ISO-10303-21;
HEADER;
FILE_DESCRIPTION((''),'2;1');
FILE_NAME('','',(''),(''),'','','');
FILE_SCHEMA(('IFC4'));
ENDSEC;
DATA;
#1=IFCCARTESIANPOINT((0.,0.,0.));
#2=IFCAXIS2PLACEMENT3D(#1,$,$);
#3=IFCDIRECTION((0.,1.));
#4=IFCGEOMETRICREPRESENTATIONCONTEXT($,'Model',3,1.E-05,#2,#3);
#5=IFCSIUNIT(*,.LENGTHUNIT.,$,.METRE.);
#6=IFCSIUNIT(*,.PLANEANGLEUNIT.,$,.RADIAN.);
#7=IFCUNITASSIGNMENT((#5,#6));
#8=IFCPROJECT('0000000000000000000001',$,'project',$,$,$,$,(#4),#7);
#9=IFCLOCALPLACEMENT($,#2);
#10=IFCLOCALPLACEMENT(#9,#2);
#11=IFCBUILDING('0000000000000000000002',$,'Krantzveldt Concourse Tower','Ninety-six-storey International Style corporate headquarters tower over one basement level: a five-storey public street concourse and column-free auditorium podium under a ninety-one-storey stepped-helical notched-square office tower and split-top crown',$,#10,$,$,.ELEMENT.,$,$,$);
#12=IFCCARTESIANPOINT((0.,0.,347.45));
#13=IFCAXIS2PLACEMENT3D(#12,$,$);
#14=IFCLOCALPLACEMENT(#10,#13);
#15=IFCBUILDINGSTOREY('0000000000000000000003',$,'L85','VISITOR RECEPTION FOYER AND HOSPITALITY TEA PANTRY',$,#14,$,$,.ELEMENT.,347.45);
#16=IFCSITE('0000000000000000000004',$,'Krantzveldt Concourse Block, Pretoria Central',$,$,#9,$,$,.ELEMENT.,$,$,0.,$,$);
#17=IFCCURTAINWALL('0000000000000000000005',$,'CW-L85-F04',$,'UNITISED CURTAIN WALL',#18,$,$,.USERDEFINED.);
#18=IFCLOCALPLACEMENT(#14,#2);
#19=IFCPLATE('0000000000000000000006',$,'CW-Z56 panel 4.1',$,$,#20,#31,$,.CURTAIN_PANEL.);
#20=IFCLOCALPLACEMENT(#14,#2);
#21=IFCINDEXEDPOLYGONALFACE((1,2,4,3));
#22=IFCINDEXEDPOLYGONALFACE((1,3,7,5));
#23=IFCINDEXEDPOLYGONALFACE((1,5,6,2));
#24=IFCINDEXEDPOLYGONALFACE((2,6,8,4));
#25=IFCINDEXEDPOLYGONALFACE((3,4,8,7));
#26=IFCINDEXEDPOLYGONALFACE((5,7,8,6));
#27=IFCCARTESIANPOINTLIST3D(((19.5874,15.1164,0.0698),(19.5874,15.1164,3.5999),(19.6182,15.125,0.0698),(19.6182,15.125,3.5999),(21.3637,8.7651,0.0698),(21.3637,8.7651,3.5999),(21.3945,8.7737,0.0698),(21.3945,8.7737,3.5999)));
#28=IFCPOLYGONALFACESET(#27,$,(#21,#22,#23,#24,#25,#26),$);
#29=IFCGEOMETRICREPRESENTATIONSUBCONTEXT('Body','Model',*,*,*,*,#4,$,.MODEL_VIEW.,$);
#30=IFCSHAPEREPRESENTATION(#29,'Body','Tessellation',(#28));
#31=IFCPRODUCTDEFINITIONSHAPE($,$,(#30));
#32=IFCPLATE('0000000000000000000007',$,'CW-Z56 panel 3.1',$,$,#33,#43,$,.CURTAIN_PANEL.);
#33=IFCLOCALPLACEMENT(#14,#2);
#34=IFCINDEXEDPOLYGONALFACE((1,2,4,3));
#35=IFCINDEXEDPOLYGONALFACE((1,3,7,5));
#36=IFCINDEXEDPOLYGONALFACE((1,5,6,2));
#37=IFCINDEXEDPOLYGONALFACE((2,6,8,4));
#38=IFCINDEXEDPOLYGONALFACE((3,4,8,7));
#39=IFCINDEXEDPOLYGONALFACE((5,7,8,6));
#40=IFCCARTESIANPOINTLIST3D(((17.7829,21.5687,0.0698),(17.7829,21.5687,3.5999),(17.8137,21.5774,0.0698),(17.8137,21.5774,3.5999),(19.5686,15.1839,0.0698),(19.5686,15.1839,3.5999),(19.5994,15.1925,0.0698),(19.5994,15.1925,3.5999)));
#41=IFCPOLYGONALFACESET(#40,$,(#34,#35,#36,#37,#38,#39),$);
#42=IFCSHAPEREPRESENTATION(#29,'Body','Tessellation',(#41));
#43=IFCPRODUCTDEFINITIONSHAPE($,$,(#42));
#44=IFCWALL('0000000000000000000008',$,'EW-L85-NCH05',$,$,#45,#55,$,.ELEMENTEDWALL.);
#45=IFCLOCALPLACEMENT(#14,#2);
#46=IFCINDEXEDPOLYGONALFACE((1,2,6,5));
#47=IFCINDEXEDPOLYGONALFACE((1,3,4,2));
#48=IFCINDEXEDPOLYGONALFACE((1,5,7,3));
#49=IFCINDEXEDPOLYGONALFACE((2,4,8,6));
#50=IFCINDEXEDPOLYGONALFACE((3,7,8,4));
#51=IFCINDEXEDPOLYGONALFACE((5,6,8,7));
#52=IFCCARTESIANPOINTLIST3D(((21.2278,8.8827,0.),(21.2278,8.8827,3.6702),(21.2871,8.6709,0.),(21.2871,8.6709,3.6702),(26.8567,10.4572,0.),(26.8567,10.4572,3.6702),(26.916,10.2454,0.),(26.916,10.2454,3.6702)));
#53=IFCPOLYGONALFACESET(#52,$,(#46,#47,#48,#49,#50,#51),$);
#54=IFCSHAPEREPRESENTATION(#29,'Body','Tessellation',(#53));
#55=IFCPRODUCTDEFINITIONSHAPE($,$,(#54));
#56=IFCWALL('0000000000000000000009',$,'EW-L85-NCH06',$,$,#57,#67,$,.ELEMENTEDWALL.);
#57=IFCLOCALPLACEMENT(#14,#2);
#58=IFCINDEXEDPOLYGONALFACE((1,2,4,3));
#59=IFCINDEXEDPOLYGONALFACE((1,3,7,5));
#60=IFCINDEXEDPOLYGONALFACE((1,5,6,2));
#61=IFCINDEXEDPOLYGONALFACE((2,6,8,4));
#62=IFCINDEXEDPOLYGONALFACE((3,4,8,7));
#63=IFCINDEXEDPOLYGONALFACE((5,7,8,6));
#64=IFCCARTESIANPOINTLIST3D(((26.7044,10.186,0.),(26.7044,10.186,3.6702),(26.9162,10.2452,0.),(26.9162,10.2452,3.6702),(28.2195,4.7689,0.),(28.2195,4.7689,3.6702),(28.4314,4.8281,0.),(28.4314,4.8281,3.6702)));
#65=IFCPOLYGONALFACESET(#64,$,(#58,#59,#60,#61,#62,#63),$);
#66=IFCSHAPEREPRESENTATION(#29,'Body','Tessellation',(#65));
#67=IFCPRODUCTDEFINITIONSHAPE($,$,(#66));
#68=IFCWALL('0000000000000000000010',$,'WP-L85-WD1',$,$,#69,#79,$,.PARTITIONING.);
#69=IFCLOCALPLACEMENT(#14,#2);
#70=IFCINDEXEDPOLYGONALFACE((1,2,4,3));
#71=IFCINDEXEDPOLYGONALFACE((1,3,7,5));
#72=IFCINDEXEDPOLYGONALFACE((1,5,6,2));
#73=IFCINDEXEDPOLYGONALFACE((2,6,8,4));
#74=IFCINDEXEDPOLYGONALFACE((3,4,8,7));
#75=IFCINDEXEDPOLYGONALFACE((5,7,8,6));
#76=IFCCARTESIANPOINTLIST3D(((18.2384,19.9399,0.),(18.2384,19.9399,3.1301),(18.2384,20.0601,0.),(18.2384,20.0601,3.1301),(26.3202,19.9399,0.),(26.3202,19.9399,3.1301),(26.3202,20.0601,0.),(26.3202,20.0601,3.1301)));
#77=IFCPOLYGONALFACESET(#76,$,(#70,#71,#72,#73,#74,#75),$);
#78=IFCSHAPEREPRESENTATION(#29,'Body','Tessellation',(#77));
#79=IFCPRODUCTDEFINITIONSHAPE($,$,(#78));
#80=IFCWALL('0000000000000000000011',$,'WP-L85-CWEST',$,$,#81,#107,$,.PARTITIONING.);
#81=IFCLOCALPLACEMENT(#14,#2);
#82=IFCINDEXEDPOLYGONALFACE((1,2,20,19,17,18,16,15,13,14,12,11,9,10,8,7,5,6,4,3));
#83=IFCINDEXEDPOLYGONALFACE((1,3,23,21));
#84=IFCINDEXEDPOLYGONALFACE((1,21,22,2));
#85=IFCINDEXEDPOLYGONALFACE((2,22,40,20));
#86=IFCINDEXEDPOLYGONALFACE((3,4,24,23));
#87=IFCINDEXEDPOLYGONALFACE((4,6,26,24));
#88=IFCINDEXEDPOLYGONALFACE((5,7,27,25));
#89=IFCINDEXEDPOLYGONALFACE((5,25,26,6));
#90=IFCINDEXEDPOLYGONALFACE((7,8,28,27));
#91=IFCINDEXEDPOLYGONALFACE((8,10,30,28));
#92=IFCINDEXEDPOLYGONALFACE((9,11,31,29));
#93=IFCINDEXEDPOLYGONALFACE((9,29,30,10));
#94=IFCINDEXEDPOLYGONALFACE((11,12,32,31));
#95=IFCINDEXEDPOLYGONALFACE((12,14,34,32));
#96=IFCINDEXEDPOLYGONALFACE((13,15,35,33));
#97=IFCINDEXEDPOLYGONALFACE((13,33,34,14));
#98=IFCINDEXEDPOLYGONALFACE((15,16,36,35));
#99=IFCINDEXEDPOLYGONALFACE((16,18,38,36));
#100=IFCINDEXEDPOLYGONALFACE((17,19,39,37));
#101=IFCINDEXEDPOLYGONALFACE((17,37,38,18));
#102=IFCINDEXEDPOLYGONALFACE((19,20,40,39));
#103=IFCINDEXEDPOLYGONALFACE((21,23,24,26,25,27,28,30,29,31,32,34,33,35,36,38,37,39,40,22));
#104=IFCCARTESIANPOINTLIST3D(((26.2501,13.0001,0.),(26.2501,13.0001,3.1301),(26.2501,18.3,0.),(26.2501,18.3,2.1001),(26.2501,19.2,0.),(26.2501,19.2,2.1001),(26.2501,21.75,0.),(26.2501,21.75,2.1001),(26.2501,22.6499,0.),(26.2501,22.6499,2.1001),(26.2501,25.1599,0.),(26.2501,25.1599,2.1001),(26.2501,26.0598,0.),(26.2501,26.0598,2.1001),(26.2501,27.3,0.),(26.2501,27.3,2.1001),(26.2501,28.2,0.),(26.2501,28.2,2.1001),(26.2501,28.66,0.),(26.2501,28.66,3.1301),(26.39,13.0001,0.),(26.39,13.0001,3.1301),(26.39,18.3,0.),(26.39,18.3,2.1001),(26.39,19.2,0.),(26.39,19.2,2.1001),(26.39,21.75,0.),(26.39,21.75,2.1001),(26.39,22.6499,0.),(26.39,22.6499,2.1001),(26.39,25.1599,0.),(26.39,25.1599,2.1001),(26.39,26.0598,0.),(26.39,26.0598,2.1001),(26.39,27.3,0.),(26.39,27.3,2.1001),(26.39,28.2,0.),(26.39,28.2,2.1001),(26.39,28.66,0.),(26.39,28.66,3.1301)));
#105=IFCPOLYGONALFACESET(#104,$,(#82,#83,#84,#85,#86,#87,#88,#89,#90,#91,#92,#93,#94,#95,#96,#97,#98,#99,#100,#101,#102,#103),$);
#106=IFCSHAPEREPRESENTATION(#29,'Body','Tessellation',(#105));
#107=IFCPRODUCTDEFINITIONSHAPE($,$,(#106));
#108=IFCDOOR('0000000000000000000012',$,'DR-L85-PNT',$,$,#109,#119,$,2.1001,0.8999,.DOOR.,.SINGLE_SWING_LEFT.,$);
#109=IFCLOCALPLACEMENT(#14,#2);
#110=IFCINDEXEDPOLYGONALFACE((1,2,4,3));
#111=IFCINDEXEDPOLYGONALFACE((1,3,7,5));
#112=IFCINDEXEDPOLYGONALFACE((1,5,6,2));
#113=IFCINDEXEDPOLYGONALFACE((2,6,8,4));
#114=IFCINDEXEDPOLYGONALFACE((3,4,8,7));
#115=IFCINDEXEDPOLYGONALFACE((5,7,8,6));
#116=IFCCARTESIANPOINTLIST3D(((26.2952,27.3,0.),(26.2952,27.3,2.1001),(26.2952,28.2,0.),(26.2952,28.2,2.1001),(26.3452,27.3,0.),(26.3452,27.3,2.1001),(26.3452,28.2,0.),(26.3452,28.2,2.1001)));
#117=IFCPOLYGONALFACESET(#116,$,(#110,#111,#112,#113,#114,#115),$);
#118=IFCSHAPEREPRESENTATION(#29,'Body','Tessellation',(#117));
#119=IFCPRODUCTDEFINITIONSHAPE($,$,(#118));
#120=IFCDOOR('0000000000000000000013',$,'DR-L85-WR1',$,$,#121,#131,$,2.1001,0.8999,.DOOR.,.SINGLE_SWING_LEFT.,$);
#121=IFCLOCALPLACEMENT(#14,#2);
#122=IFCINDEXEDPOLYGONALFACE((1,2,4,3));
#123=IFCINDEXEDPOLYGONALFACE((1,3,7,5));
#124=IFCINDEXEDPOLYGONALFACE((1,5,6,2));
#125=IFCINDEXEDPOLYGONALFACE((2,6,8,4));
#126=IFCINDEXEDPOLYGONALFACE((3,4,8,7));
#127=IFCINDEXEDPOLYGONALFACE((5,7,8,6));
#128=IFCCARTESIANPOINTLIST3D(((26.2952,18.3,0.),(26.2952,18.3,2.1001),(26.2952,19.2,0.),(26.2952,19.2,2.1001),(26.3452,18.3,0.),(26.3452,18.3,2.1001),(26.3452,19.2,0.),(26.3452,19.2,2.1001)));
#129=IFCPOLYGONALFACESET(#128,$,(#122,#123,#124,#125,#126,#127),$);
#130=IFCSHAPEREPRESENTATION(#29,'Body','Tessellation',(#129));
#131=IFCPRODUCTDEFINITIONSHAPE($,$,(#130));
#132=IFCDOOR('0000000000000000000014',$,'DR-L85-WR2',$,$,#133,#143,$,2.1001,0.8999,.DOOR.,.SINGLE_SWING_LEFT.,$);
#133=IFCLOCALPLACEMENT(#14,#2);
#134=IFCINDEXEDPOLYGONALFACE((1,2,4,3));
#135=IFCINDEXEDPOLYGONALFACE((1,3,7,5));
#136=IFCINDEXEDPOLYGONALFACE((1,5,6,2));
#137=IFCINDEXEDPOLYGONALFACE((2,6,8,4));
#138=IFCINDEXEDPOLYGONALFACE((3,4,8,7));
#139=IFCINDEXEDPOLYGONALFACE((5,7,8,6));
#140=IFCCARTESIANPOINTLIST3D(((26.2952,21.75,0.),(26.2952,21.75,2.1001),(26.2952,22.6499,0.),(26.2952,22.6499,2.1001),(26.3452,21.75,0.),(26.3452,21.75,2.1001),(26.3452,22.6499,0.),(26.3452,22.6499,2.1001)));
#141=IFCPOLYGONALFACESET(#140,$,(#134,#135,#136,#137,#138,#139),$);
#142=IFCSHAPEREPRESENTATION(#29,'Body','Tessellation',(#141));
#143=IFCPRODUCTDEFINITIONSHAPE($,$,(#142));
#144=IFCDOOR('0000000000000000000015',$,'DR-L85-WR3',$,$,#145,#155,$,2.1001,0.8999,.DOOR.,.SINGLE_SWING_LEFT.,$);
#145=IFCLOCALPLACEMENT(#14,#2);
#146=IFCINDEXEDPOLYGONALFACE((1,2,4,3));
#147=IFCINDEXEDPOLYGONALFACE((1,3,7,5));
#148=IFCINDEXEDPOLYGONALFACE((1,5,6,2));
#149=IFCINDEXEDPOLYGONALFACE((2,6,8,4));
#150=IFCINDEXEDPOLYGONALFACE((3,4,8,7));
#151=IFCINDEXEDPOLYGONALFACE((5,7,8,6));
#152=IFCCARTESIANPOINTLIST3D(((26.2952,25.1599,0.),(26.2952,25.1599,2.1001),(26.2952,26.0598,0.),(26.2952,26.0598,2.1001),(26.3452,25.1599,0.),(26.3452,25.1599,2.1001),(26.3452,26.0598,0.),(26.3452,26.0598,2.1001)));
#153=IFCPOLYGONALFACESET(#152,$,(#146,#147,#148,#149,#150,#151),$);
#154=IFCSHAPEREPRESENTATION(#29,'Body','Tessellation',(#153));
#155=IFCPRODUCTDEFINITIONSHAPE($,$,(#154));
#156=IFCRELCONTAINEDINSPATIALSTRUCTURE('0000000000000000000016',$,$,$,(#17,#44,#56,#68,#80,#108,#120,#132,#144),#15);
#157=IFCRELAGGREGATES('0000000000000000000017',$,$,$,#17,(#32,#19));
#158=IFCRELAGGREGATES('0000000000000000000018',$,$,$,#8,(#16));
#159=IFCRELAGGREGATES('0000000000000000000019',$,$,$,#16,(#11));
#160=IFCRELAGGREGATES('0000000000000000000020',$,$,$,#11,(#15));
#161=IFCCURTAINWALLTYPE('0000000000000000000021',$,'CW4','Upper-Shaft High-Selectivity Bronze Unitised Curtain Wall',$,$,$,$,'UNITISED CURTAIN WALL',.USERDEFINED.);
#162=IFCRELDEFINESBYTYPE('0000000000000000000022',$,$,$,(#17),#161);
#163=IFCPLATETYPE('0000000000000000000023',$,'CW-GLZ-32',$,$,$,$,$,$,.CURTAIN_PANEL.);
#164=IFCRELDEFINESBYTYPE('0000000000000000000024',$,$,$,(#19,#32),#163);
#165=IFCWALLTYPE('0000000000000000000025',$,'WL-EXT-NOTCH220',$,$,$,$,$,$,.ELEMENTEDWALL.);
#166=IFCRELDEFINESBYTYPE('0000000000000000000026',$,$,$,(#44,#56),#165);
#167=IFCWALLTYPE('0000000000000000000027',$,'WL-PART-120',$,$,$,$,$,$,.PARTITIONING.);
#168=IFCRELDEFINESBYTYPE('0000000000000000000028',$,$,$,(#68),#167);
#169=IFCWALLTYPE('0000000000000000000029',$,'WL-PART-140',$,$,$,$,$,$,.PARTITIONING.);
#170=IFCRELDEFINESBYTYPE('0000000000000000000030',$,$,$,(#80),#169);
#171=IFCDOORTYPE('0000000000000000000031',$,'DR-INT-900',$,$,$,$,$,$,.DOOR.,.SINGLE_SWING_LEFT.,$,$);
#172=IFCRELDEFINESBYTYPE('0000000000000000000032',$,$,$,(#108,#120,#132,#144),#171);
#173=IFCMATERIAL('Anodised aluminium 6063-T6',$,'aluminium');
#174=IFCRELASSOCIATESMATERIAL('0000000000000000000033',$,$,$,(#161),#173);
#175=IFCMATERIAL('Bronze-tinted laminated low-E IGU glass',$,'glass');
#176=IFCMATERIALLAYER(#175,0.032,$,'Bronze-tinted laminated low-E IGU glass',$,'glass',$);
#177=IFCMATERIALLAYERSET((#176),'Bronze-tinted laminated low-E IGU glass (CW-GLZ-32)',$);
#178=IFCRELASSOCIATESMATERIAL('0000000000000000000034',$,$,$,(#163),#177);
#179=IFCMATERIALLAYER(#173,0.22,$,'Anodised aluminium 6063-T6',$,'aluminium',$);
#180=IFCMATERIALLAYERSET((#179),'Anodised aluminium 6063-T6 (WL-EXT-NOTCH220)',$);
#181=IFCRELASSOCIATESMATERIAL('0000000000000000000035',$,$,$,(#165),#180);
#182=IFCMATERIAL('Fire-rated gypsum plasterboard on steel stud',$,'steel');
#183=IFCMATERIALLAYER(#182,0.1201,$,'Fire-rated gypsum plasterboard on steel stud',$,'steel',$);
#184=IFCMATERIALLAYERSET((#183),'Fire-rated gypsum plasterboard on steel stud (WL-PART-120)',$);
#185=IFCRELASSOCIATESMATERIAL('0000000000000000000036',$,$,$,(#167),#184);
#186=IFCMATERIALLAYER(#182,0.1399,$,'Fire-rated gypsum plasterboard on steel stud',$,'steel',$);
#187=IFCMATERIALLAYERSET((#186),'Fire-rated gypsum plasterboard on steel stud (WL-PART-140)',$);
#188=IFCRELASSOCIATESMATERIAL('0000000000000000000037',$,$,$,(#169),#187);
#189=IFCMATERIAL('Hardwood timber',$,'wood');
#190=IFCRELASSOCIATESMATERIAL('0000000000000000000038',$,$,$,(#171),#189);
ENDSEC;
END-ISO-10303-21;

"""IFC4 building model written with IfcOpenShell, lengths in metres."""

from ifc_helpers import new_model, si_unit, direction, frame, frame_2d, origin, origin_2d, place, context, subcontext, project, spatial, rectangle, extrude, source, transform, mapped, material, layer, layer_set, type_object, type_shapes, element, fill, aggregate, save


model = new_model("IFC4")

# Units and contexts
model_context = context("Model", 3, precision=1e-05, world=origin(), true_north=direction((0.0, 1.0)))
body_context = subcontext(model_context, "Body", "Model", "MODEL_VIEW")
ifc_project = project(units=[si_unit("LENGTHUNIT", "METRE"), si_unit("PLANEANGLEUNIT", "RADIAN")], contexts=[model_context])

# Site, building, storey
site_placement = place(None, origin())
site = spatial("IfcSite", under=ifc_project, at=site_placement, Name="Krantzveldt Concourse Block, Pretoria Central", CompositionType="ELEMENT", RefElevation=0.0)
building_placement = place(site_placement, origin())
building = spatial("IfcBuilding", under=site, at=building_placement, Name="Krantzveldt Concourse Tower", Description="Ninety-six-storey International Style corporate headquarters tower over one basement level: a five-storey public street concourse and column-free auditorium podium under a ninety-one-storey stepped-helical notched-square office tower and split-top crown", CompositionType="ELEMENT")
storey_placement = place(building_placement, frame((0.0, 0.0, 347.45)))
storey = spatial("IfcBuildingStorey", under=building, at=storey_placement, Name="L85", Description="VISITOR RECEPTION FOYER AND HOSPITALITY TEA PANTRY", CompositionType="ELEMENT", Elevation=347.45)

# Curtain wall
ifc_material_1 = material(Name="Anodised aluminium 6063-T6", Category="aluminium")
curtain_wall_type = type_object("IfcCurtainWallType", Name="CW4", Description="Upper-Shaft High-Selectivity Bronze Unitised Curtain Wall", ElementType="UNITISED CURTAIN WALL", PredefinedType="USERDEFINED", material=ifc_material_1)
curtain_wall_1_placement = place(storey_placement, origin())
curtain_wall_1 = element("IfcCurtainWall", 1, at=curtain_wall_1_placement, inside=storey, type_object=curtain_wall_type, Name="CW-L85-F04", ObjectType="UNITISED CURTAIN WALL", PredefinedType="USERDEFINED")

# Plates
ifc_material_2 = material(Name="Bronze-tinted laminated low-E IGU glass", Category="glass")
ifc_layer_1 = layer(ifc_material_2, 0.032, Name="Bronze-tinted laminated low-E IGU glass", Category="glass")
ifc_layer_set_1 = layer_set([ifc_layer_1], Name="Bronze-tinted laminated low-E IGU glass (CW-GLZ-32)")
plate_type = type_object("IfcPlateType", Name="CW-GLZ-32", PredefinedType="CURTAIN_PANEL", material=ifc_layer_set_1)
shared_shape_1 = source(origin(), body_context, "Body", "SweptSolid", [
    extrude(rectangle(XDim=6.595, YDim=0.032, at=origin_2d()), origin(), (0.0, 0.0, 1.0), 3.53),
])
plate_1_placement = place(storey_placement, frame((20.491, 11.9451, 0.0698), z_axis=(0.0, 0.0, 1.0), x_axis=(0.26934, -0.963045, 0.0)))
plate_1 = element("IfcPlate", 2, at=plate_1_placement, type_object=plate_type, Name="CW-Z56 panel 4.1", PredefinedType="CURTAIN_PANEL", context=body_context, shape_type="MappedRepresentation", body=[
    mapped(shared_shape_1, transform((0.0, 0.0, 0.0), x_axis=(1.0, 0.0, 0.0), y_axis=(0.0, 1.0, 0.0), z_axis=(0.0, 0.0, 1.0), scale=1.0)),
])
shared_shape_2 = source(origin(), body_context, "Body", "SweptSolid", [
    extrude(rectangle(XDim=6.6299, YDim=0.032, at=origin_2d()), origin(), (0.0, 0.0, 1.0), 3.53),
])
type_shapes(plate_type, [shared_shape_1, shared_shape_2])
plate_2_placement = place(storey_placement, frame((18.6912, 18.3806, 0.0698), z_axis=(0.0, 0.0, 1.0), x_axis=(0.26934, -0.963045, 0.0)))
plate_2 = element("IfcPlate", 3, at=plate_2_placement, type_object=plate_type, Name="CW-Z56 panel 3.1", PredefinedType="CURTAIN_PANEL", context=body_context, shape_type="MappedRepresentation", body=[
    mapped(shared_shape_2, transform((0.0, 0.0, 0.0), x_axis=(1.0, 0.0, 0.0), y_axis=(0.0, 1.0, 0.0), z_axis=(0.0, 0.0, 1.0), scale=1.0)),
])
aggregate(curtain_wall_1, [plate_2, plate_1])

# Walls
ifc_layer_2 = layer(ifc_material_1, 0.22, Name="Anodised aluminium 6063-T6", Category="aluminium")
ifc_layer_set_2 = layer_set([ifc_layer_2], Name="Anodised aluminium 6063-T6 (WL-EXT-NOTCH220)")
wall_type_1 = type_object("IfcWallType", Name="WL-EXT-NOTCH220", PredefinedType="ELEMENTEDWALL", material=ifc_layer_set_2)
wall_1_placement = place(storey_placement, frame((21.2576, 8.7769, 0.0), z_axis=(0.0, 0.0, 1.0), x_axis=(0.963036, 0.269371, 0.0)))
element("IfcWall", 4, at=wall_1_placement, inside=storey, type_object=wall_type_1, Name="EW-L85-NCH05", PredefinedType="ELEMENTEDWALL", context=body_context, shape_type="SweptSolid", body=[
    extrude(rectangle(XDim=5.845, YDim=0.22, at=frame_2d((2.9224, 0.0))), origin(), (0.0, 0.0, 1.0), 3.6702),
])
wall_2_placement = place(storey_placement, frame((26.8103, 10.2156, 0.0), z_axis=(0.0, 0.0, 1.0), x_axis=(0.269363, -0.963039, 0.0)))
element("IfcWall", 5, at=wall_2_placement, inside=storey, type_object=wall_type_1, Name="EW-L85-NCH06", PredefinedType="ELEMENTEDWALL", context=body_context, shape_type="SweptSolid", body=[
    extrude(rectangle(XDim=5.625, YDim=0.22, at=frame_2d((2.8125, 0.0))), origin(), (0.0, 0.0, 1.0), 3.6702),
])
ifc_material_3 = material(Name="Fire-rated gypsum plasterboard on steel stud", Category="steel")
ifc_layer_3 = layer(ifc_material_3, 0.1201, Name="Fire-rated gypsum plasterboard on steel stud", Category="steel")
ifc_layer_set_3 = layer_set([ifc_layer_3], Name="Fire-rated gypsum plasterboard on steel stud (WL-PART-120)")
wall_type_2 = type_object("IfcWallType", Name="WL-PART-120", PredefinedType="PARTITIONING", material=ifc_layer_set_3)
wall_3_placement = place(storey_placement, frame((18.2383, 20.0, 0.0), z_axis=(0.0, 0.0, 1.0), x_axis=(1.0, 0.0, 0.0)))
element("IfcWall", 6, at=wall_3_placement, inside=storey, type_object=wall_type_2, Name="WP-L85-WD1", PredefinedType="PARTITIONING", context=body_context, shape_type="SweptSolid", body=[
    extrude(rectangle(XDim=8.0818, YDim=0.1201, at=frame_2d((4.041, 0.0))), origin(), (0.0, 0.0, 1.0), 3.1301),
])

# Wall, openings, doors
ifc_layer_4 = layer(ifc_material_3, 0.1399, Name="Fire-rated gypsum plasterboard on steel stud", Category="steel")
ifc_layer_set_4 = layer_set([ifc_layer_4], Name="Fire-rated gypsum plasterboard on steel stud (WL-PART-140)")
wall_type_3 = type_object("IfcWallType", Name="WL-PART-140", PredefinedType="PARTITIONING", material=ifc_layer_set_4)
wall_4_placement = place(storey_placement, frame((26.3201, 13.0, 0.0), z_axis=(0.0, 0.0, 1.0), x_axis=(0.0, 1.0, 0.0)))
wall_4 = element("IfcWall", 7, at=wall_4_placement, inside=storey, type_object=wall_type_3, Name="WP-L85-CWEST", PredefinedType="PARTITIONING", context=body_context, shape_type="SweptSolid", body=[
    extrude(rectangle(XDim=15.6599, YDim=0.1399, at=frame_2d((7.8301, 0.0))), origin(), (0.0, 0.0, 1.0), 3.1301),
])
opening_1_placement = place(wall_4_placement, frame((14.3, 0.0, 0.0)))
opening_1 = element("IfcOpeningElement", 8, at=opening_1_placement, cuts=wall_4, PredefinedType="OPENING", context=body_context, shape_type="SweptSolid", body=[
    extrude(rectangle(XDim=0.8999, YDim=2.1001, at=frame_2d((0.45, 1.05))), frame((0.0, 0.0801, 0.0), z_axis=(0.0, -1.0, 0.0), x_axis=(1.0, 0.0, 0.0)), (0.0, 0.0, 1.0), 0.1599),
])
opening_2_placement = place(wall_4_placement, frame((5.3, 0.0, 0.0)))
opening_2 = element("IfcOpeningElement", 9, at=opening_2_placement, cuts=wall_4, PredefinedType="OPENING", context=body_context, shape_type="SweptSolid", body=[
    extrude(rectangle(XDim=0.8999, YDim=2.1001, at=frame_2d((0.45, 1.05))), frame((0.0, 0.0801, 0.0), z_axis=(0.0, -1.0, 0.0), x_axis=(1.0, 0.0, 0.0)), (0.0, 0.0, 1.0), 0.1599),
])
opening_3_placement = place(wall_4_placement, frame((8.75, 0.0, 0.0)))
opening_3 = element("IfcOpeningElement", 10, at=opening_3_placement, cuts=wall_4, PredefinedType="OPENING", context=body_context, shape_type="SweptSolid", body=[
    extrude(rectangle(XDim=0.8999, YDim=2.1001, at=frame_2d((0.45, 1.05))), frame((0.0, 0.0801, 0.0), z_axis=(0.0, -1.0, 0.0), x_axis=(1.0, 0.0, 0.0)), (0.0, 0.0, 1.0), 0.1599),
])
opening_4_placement = place(wall_4_placement, frame((12.1599, 0.0, 0.0)))
opening_4 = element("IfcOpeningElement", 11, at=opening_4_placement, cuts=wall_4, PredefinedType="OPENING", context=body_context, shape_type="SweptSolid", body=[
    extrude(rectangle(XDim=0.8999, YDim=2.1001, at=frame_2d((0.45, 1.05))), frame((0.0, 0.0801, 0.0), z_axis=(0.0, -1.0, 0.0), x_axis=(1.0, 0.0, 0.0)), (0.0, 0.0, 1.0), 0.1599),
])
ifc_material_4 = material(Name="Hardwood timber", Category="wood")
door_type_1 = type_object("IfcDoorType", Name="DR-INT-900", OperationType="SINGLE_SWING_LEFT", PredefinedType="DOOR", material=ifc_material_4)
door_1_placement = place(opening_1_placement, origin())
door_1 = element("IfcDoor", 12, at=door_1_placement, inside=storey, type_object=door_type_1, Name="DR-L85-PNT", OperationType="SINGLE_SWING_LEFT", OverallHeight=2.1001, OverallWidth=0.8999, PredefinedType="DOOR", context=body_context, shape_type="SweptSolid", body=[
    extrude(rectangle(XDim=0.8999, YDim=2.1001, at=frame_2d((0.45, 1.05))), frame((0.0, 0.0249, 0.0), z_axis=(0.0, -1.0, 0.0), x_axis=(1.0, 0.0, 0.0)), (0.0, 0.0, 1.0), 0.05),
])
fill(opening_1, door_1)
door_2_placement = place(opening_2_placement, origin())
door_2 = element("IfcDoor", 13, at=door_2_placement, inside=storey, type_object=door_type_1, Name="DR-L85-WR1", OperationType="SINGLE_SWING_LEFT", OverallHeight=2.1001, OverallWidth=0.8999, PredefinedType="DOOR", context=body_context, shape_type="SweptSolid", body=[
    extrude(rectangle(XDim=0.8999, YDim=2.1001, at=frame_2d((0.45, 1.05))), frame((0.0, 0.0249, 0.0), z_axis=(0.0, -1.0, 0.0), x_axis=(1.0, 0.0, 0.0)), (0.0, 0.0, 1.0), 0.05),
])
fill(opening_2, door_2)
door_3_placement = place(opening_3_placement, origin())
door_3 = element("IfcDoor", 14, at=door_3_placement, inside=storey, type_object=door_type_1, Name="DR-L85-WR2", OperationType="SINGLE_SWING_LEFT", OverallHeight=2.1001, OverallWidth=0.8999, PredefinedType="DOOR", context=body_context, shape_type="SweptSolid", body=[
    extrude(rectangle(XDim=0.8999, YDim=2.1001, at=frame_2d((0.45, 1.05))), frame((0.0, 0.0249, 0.0), z_axis=(0.0, -1.0, 0.0), x_axis=(1.0, 0.0, 0.0)), (0.0, 0.0, 1.0), 0.05),
])
fill(opening_3, door_3)
door_4_placement = place(opening_4_placement, origin())
door_4 = element("IfcDoor", 15, at=door_4_placement, inside=storey, type_object=door_type_1, Name="DR-L85-WR3", OperationType="SINGLE_SWING_LEFT", OverallHeight=2.1001, OverallWidth=0.8999, PredefinedType="DOOR", context=body_context, shape_type="SweptSolid", body=[
    extrude(rectangle(XDim=0.8999, YDim=2.1001, at=frame_2d((0.45, 1.05))), frame((0.0, 0.0249, 0.0), z_axis=(0.0, -1.0, 0.0), x_axis=(1.0, 0.0, 0.0)), (0.0, 0.0, 1.0), 0.05),
])
fill(opening_4, door_4)

save(model, "model.ifc")
